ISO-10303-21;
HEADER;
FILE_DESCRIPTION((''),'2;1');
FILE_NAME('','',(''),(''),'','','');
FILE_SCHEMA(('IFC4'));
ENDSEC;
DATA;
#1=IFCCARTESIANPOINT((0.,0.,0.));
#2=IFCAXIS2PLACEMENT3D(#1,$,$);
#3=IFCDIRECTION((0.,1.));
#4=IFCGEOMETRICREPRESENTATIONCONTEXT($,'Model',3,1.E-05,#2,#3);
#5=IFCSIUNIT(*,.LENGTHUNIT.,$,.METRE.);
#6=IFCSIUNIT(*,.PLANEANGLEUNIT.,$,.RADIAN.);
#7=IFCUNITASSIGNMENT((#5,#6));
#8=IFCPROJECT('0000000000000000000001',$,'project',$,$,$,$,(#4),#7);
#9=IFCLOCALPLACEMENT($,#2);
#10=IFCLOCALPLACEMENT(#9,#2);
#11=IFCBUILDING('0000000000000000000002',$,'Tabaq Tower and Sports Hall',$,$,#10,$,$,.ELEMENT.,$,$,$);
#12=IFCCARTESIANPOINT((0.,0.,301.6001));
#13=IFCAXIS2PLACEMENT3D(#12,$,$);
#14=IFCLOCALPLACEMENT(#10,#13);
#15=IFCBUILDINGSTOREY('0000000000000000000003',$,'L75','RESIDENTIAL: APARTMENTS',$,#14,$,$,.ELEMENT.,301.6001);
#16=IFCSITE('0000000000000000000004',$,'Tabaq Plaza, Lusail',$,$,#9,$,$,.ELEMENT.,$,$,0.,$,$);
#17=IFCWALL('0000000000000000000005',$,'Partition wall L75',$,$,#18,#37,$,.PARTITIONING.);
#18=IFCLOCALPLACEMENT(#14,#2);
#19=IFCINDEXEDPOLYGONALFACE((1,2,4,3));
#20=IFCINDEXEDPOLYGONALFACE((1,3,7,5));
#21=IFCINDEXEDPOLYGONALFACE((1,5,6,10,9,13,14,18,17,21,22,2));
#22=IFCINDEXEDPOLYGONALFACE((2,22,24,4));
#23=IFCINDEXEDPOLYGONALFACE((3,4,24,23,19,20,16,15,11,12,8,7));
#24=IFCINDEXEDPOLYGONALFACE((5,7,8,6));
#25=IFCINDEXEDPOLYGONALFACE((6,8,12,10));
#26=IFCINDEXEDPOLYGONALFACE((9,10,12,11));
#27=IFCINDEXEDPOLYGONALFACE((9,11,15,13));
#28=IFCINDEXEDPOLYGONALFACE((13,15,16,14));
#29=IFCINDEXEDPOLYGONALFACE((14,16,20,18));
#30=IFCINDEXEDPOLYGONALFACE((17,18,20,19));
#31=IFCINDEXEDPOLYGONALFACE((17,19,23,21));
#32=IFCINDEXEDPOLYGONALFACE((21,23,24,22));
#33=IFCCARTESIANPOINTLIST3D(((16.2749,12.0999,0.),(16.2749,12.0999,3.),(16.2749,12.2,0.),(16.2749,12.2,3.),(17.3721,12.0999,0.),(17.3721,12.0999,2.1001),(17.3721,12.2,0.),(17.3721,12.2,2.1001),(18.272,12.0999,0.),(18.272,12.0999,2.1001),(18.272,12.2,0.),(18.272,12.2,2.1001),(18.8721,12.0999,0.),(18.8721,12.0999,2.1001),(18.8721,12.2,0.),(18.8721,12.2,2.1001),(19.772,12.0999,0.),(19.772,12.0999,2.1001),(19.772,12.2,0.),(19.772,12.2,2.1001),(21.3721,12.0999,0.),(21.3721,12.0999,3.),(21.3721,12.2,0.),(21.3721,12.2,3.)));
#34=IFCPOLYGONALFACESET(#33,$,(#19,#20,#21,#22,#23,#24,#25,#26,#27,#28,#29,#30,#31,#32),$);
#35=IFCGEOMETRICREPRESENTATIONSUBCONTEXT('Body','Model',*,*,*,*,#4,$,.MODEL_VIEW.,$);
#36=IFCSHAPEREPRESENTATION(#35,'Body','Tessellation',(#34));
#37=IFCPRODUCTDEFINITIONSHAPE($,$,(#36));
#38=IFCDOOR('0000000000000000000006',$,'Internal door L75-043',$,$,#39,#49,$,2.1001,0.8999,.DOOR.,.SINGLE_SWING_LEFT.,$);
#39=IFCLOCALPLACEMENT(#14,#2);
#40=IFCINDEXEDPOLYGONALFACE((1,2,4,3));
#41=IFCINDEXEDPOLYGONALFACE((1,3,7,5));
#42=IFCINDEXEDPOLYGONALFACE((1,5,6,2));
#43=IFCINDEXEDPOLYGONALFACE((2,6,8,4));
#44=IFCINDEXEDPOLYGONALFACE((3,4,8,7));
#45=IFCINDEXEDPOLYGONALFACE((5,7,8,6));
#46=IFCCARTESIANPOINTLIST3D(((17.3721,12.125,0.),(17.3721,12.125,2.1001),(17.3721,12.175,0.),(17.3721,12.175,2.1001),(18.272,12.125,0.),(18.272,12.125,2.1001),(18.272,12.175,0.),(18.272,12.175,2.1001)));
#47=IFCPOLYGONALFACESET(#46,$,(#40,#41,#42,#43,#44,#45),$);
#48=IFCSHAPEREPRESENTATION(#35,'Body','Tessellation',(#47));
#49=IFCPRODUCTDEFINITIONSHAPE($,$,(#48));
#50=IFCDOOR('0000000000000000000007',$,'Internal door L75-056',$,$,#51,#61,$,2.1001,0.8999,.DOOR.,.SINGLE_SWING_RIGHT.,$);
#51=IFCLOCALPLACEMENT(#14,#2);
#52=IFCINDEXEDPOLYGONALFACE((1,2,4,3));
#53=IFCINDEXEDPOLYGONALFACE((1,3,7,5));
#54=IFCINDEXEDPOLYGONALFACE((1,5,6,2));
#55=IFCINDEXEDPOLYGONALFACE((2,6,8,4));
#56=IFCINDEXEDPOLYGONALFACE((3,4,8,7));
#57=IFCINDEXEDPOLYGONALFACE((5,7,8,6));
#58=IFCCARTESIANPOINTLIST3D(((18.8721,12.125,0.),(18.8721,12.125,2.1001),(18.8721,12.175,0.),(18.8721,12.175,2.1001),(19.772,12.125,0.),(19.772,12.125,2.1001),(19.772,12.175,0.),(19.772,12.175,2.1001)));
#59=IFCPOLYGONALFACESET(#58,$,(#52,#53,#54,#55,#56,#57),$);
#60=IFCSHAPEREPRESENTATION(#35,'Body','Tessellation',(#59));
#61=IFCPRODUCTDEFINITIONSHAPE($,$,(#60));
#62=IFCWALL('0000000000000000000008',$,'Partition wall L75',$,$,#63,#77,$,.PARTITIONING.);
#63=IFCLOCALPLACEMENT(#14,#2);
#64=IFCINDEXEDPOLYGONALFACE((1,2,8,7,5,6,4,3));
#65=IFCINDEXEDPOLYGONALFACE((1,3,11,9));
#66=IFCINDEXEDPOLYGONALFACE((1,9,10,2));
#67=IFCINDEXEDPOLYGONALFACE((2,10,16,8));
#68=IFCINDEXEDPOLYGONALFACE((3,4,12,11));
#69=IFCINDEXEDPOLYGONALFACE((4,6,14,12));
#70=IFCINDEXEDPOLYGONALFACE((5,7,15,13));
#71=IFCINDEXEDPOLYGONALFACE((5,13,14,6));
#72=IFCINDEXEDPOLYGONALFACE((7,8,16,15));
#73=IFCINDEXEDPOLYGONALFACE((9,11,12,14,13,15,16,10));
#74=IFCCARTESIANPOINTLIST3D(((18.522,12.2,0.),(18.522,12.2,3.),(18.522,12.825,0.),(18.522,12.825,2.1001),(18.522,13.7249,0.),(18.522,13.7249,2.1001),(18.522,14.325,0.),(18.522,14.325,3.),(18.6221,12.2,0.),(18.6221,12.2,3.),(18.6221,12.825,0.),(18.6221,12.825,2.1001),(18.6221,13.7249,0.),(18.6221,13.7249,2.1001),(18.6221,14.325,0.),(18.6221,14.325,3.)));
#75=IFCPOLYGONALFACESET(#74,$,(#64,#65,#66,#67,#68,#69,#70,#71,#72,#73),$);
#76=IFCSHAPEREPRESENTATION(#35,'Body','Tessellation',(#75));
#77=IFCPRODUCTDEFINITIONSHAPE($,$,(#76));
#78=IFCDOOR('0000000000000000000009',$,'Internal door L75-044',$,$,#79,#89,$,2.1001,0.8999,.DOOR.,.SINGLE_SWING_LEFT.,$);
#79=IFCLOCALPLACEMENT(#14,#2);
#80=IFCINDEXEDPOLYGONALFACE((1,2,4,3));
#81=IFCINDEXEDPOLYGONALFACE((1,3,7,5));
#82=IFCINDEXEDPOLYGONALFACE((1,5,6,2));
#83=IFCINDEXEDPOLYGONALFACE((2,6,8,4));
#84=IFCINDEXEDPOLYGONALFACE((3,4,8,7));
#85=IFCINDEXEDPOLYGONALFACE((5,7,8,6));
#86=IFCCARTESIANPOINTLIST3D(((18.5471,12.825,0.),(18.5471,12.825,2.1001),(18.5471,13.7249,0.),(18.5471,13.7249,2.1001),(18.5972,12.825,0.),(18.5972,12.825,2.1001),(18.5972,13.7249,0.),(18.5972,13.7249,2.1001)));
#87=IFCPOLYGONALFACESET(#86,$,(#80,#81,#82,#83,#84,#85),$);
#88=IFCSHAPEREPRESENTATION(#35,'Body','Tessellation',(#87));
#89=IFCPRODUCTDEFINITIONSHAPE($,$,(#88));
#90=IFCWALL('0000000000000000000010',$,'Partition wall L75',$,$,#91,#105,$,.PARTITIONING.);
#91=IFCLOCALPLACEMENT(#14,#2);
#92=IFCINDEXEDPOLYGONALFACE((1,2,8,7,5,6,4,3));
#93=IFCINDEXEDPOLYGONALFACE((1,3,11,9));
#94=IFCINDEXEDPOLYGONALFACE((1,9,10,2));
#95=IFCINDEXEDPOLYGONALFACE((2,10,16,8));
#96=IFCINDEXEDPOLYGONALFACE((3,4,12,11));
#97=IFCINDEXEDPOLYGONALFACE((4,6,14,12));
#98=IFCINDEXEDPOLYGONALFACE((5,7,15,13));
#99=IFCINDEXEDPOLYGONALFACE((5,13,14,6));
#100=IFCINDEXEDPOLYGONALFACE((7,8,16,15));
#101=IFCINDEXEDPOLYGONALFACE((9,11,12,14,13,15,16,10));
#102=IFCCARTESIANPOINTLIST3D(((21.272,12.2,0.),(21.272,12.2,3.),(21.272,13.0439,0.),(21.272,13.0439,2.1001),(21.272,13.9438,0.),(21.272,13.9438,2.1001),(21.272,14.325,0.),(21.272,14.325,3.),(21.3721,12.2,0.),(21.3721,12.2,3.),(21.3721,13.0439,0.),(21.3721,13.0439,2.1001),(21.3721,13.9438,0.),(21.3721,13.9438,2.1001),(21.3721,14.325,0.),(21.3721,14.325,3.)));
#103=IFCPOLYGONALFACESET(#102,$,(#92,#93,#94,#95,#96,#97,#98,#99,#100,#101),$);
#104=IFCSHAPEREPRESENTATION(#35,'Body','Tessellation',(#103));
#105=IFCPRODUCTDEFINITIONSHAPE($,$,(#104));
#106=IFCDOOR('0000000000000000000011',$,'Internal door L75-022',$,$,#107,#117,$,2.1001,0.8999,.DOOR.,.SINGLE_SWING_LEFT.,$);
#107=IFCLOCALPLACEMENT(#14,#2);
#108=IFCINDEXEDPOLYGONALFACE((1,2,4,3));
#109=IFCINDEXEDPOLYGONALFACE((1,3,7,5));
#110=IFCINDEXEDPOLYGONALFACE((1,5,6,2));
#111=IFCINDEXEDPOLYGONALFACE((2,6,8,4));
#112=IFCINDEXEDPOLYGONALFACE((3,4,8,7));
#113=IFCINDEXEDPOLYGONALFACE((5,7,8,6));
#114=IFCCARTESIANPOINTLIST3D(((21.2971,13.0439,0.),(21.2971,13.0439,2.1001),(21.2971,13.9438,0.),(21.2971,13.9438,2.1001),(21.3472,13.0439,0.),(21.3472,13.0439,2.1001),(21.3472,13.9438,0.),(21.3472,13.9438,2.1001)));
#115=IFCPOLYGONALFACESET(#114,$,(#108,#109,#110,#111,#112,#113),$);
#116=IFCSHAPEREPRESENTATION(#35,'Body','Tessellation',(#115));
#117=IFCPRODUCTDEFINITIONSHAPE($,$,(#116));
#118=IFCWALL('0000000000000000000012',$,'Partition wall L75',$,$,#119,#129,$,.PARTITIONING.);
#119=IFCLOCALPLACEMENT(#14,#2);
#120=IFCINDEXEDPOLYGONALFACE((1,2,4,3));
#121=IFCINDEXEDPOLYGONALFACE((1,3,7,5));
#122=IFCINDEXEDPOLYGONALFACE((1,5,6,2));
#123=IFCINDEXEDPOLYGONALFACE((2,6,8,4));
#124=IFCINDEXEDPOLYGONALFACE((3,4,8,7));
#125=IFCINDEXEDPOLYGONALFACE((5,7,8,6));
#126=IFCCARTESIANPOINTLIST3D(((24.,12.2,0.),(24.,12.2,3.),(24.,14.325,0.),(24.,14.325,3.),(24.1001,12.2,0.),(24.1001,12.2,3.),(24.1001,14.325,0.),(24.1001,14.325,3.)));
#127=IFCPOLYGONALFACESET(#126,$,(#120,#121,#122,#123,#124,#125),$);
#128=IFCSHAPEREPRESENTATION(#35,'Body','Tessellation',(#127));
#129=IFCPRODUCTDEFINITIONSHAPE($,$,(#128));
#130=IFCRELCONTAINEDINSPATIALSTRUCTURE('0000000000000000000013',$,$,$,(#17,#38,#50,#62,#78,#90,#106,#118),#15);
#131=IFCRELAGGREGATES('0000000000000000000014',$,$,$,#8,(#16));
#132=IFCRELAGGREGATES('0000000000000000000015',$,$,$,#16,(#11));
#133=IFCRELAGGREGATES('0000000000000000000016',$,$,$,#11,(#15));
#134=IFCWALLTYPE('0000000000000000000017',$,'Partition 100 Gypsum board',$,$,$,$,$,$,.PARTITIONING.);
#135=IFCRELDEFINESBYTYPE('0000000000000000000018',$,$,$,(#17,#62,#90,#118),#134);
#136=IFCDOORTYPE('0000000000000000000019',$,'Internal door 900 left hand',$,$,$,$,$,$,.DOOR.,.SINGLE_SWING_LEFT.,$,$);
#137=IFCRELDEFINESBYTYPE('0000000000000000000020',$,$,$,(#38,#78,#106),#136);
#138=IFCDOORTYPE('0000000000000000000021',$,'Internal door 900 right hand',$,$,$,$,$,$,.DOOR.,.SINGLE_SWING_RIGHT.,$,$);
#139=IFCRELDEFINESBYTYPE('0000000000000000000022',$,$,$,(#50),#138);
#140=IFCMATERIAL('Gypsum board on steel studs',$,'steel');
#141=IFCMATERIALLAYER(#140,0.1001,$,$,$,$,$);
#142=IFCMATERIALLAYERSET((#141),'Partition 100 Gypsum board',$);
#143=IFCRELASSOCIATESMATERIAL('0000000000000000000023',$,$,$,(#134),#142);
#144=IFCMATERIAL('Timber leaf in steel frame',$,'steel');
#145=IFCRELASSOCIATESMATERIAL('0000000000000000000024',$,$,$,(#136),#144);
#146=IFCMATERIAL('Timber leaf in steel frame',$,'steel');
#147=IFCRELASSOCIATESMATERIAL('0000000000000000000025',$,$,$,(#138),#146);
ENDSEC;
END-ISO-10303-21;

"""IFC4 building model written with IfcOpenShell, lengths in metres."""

from ifc_helpers import new_model, si_unit, direction, frame, frame_2d, origin, place, context, subcontext, project, spatial, rectangle, extrude, material, layer, layer_set, type_object, element, fill, save


model = new_model("IFC4")

# Units and contexts
model_context = context("Model", 3, precision=1e-05, world=origin(), true_north=direction((0.0, 1.0)))
body_context = subcontext(model_context, "Body", "Model", "MODEL_VIEW")
ifc_project = project(units=[si_unit("LENGTHUNIT", "METRE"), si_unit("PLANEANGLEUNIT", "RADIAN")], contexts=[model_context])

# Site, building, storey
site_placement = place(None, origin())
site = spatial("IfcSite", under=ifc_project, at=site_placement, Name="Tabaq Plaza, Lusail", CompositionType="ELEMENT", RefElevation=0.0)
building_placement = place(site_placement, origin())
building = spatial("IfcBuilding", under=site, at=building_placement, Name="Tabaq Tower and Sports Hall", CompositionType="ELEMENT")
storey_placement = place(building_placement, frame((0.0, 0.0, 301.6001)))
storey = spatial("IfcBuildingStorey", under=building, at=storey_placement, Name="L75", Description="RESIDENTIAL: APARTMENTS", CompositionType="ELEMENT", Elevation=301.6001)

# Shared definitions
ifc_material_1 = material(Name="Gypsum board on steel studs", Category="steel")
ifc_layer_1 = layer(ifc_material_1, 0.1001)
ifc_layer_set_1 = layer_set([ifc_layer_1], Name="Partition 100 Gypsum board")
wall_type_1 = type_object("IfcWallType", Name="Partition 100 Gypsum board", PredefinedType="PARTITIONING", material=ifc_layer_set_1)

# Wall, openings, doors
wall_1_placement = place(storey_placement, frame((21.3721, 12.1499, 0.0), z_axis=(0.0, 0.0, 1.0), x_axis=(-1.0, 0.0, 0.0)))
wall_1 = element("IfcWall", 1, at=wall_1_placement, inside=storey, type_object=wall_type_1, Name="Partition wall L75", PredefinedType="PARTITIONING", context=body_context, shape_type="SweptSolid", body=[
    extrude(rectangle(XDim=5.0972, YDim=0.1001, at=frame_2d((2.5486, 0.0))), origin(), (0.0, 0.0, 1.0), 3.0),
])
opening_1_placement = place(wall_1_placement, frame((3.1001, 0.0, 0.0)))
opening_1 = element("IfcOpeningElement", 2, at=opening_1_placement, cuts=wall_1, PredefinedType="OPENING", context=body_context, shape_type="SweptSolid", body=[
    extrude(rectangle(XDim=0.8999, YDim=2.1001, at=frame_2d((0.45, 1.05))), frame((0.0, 0.05, 0.0), z_axis=(0.0, -1.0, 0.0), x_axis=(1.0, 0.0, 0.0)), (0.0, 0.0, 1.0), 0.1001),
])
opening_2_placement = place(wall_1_placement, frame((1.6001, 0.0, 0.0)))
opening_2 = element("IfcOpeningElement", 3, at=opening_2_placement, cuts=wall_1, PredefinedType="OPENING", context=body_context, shape_type="SweptSolid", body=[
    extrude(rectangle(XDim=0.8999, YDim=2.1001, at=frame_2d((0.45, 1.05))), frame((0.0, 0.05, 0.0), z_axis=(0.0, -1.0, 0.0), x_axis=(1.0, 0.0, 0.0)), (0.0, 0.0, 1.0), 0.1001),
])
ifc_material_2 = material(Name="Timber leaf in steel frame", Category="steel")
door_type_1 = type_object("IfcDoorType", Name="Internal door 900 left hand", OperationType="SINGLE_SWING_LEFT", PredefinedType="DOOR", material=ifc_material_2)
door_1_placement = place(opening_1_placement, origin())
door_1 = element("IfcDoor", 4, at=door_1_placement, inside=storey, type_object=door_type_1, Name="Internal door L75-043", OperationType="SINGLE_SWING_LEFT", OverallHeight=2.1001, OverallWidth=0.8999, PredefinedType="DOOR", context=body_context, shape_type="SweptSolid", body=[
    extrude(rectangle(XDim=0.8999, YDim=2.1001, at=frame_2d((0.45, 1.05))), frame((0.0, 0.0249, 0.0), z_axis=(0.0, -1.0, 0.0), x_axis=(1.0, 0.0, 0.0)), (0.0, 0.0, 1.0), 0.05),
])
fill(opening_1, door_1)
ifc_material_3 = material(Name="Timber leaf in steel frame", Category="steel")
door_type_2 = type_object("IfcDoorType", Name="Internal door 900 right hand", OperationType="SINGLE_SWING_RIGHT", PredefinedType="DOOR", material=ifc_material_3)
door_2_placement = place(opening_2_placement, origin())
door_2 = element("IfcDoor", 5, at=door_2_placement, inside=storey, type_object=door_type_2, Name="Internal door L75-056", OperationType="SINGLE_SWING_RIGHT", OverallHeight=2.1001, OverallWidth=0.8999, PredefinedType="DOOR", context=body_context, shape_type="SweptSolid", body=[
    extrude(rectangle(XDim=0.8999, YDim=2.1001, at=frame_2d((0.45, 1.05))), frame((0.0, 0.0249, 0.0), z_axis=(0.0, -1.0, 0.0), x_axis=(1.0, 0.0, 0.0)), (0.0, 0.0, 1.0), 0.05),
])
fill(opening_2, door_2)

# Walls, openings, doors
wall_2_placement = place(storey_placement, frame((18.572, 12.2, 0.0), z_axis=(0.0, 0.0, 1.0), x_axis=(0.0, 1.0, 0.0)))
wall_2 = element("IfcWall", 6, at=wall_2_placement, inside=storey, type_object=wall_type_1, Name="Partition wall L75", PredefinedType="PARTITIONING", context=body_context, shape_type="SweptSolid", body=[
    extrude(rectangle(XDim=2.125, YDim=0.1001, at=frame_2d((1.0625, 0.0))), origin(), (0.0, 0.0, 1.0), 3.0),
])
opening_3_placement = place(wall_2_placement, frame((0.625, 0.0, 0.0)))
opening_3 = element("IfcOpeningElement", 7, at=opening_3_placement, cuts=wall_2, PredefinedType="OPENING", context=body_context, shape_type="SweptSolid", body=[
    extrude(rectangle(XDim=0.8999, YDim=2.1001, at=frame_2d((0.45, 1.05))), frame((0.0, 0.05, 0.0), z_axis=(0.0, -1.0, 0.0), x_axis=(1.0, 0.0, 0.0)), (0.0, 0.0, 1.0), 0.1001),
])
door_3_placement = place(opening_3_placement, origin())
door_3 = element("IfcDoor", 8, at=door_3_placement, inside=storey, type_object=door_type_1, Name="Internal door L75-044", OperationType="SINGLE_SWING_LEFT", OverallHeight=2.1001, OverallWidth=0.8999, PredefinedType="DOOR", context=body_context, shape_type="SweptSolid", body=[
    extrude(rectangle(XDim=0.8999, YDim=2.1001, at=frame_2d((0.45, 1.05))), frame((0.0, 0.0249, 0.0), z_axis=(0.0, -1.0, 0.0), x_axis=(1.0, 0.0, 0.0)), (0.0, 0.0, 1.0), 0.05),
])
fill(opening_3, door_3)
wall_3_placement = place(storey_placement, frame((21.322, 12.2, 0.0), z_axis=(0.0, 0.0, 1.0), x_axis=(0.0, 1.0, 0.0)))
wall_3 = element("IfcWall", 9, at=wall_3_placement, inside=storey, type_object=wall_type_1, Name="Partition wall L75", PredefinedType="PARTITIONING", context=body_context, shape_type="SweptSolid", body=[
    extrude(rectangle(XDim=2.125, YDim=0.1001, at=frame_2d((1.0625, 0.0))), origin(), (0.0, 0.0, 1.0), 3.0),
])
opening_4_placement = place(wall_3_placement, frame((0.844, 0.0, 0.0)))
opening_4 = element("IfcOpeningElement", 10, at=opening_4_placement, cuts=wall_3, PredefinedType="OPENING", context=body_context, shape_type="SweptSolid", body=[
    extrude(rectangle(XDim=0.8999, YDim=2.1001, at=frame_2d((0.45, 1.05))), frame((0.0, 0.05, 0.0), z_axis=(0.0, -1.0, 0.0), x_axis=(1.0, 0.0, 0.0)), (0.0, 0.0, 1.0), 0.1001),
])
door_4_placement = place(opening_4_placement, origin())
door_4 = element("IfcDoor", 11, at=door_4_placement, inside=storey, type_object=door_type_1, Name="Internal door L75-022", OperationType="SINGLE_SWING_LEFT", OverallHeight=2.1001, OverallWidth=0.8999, PredefinedType="DOOR", context=body_context, shape_type="SweptSolid", body=[
    extrude(rectangle(XDim=0.8999, YDim=2.1001, at=frame_2d((0.45, 1.05))), frame((0.0, 0.0249, 0.0), z_axis=(0.0, -1.0, 0.0), x_axis=(1.0, 0.0, 0.0)), (0.0, 0.0, 1.0), 0.05),
])
fill(opening_4, door_4)

# Wall
wall_4_placement = place(storey_placement, frame((24.05, 12.2, 0.0), z_axis=(0.0, 0.0, 1.0), x_axis=(0.0, 1.0, 0.0)))
element("IfcWall", 12, at=wall_4_placement, inside=storey, type_object=wall_type_1, Name="Partition wall L75", PredefinedType="PARTITIONING", context=body_context, shape_type="SweptSolid", body=[
    extrude(rectangle(XDim=2.125, YDim=0.1001, at=frame_2d((1.0625, 0.0))), origin(), (0.0, 0.0, 1.0), 3.0),
])

save(model, "model.ifc")
